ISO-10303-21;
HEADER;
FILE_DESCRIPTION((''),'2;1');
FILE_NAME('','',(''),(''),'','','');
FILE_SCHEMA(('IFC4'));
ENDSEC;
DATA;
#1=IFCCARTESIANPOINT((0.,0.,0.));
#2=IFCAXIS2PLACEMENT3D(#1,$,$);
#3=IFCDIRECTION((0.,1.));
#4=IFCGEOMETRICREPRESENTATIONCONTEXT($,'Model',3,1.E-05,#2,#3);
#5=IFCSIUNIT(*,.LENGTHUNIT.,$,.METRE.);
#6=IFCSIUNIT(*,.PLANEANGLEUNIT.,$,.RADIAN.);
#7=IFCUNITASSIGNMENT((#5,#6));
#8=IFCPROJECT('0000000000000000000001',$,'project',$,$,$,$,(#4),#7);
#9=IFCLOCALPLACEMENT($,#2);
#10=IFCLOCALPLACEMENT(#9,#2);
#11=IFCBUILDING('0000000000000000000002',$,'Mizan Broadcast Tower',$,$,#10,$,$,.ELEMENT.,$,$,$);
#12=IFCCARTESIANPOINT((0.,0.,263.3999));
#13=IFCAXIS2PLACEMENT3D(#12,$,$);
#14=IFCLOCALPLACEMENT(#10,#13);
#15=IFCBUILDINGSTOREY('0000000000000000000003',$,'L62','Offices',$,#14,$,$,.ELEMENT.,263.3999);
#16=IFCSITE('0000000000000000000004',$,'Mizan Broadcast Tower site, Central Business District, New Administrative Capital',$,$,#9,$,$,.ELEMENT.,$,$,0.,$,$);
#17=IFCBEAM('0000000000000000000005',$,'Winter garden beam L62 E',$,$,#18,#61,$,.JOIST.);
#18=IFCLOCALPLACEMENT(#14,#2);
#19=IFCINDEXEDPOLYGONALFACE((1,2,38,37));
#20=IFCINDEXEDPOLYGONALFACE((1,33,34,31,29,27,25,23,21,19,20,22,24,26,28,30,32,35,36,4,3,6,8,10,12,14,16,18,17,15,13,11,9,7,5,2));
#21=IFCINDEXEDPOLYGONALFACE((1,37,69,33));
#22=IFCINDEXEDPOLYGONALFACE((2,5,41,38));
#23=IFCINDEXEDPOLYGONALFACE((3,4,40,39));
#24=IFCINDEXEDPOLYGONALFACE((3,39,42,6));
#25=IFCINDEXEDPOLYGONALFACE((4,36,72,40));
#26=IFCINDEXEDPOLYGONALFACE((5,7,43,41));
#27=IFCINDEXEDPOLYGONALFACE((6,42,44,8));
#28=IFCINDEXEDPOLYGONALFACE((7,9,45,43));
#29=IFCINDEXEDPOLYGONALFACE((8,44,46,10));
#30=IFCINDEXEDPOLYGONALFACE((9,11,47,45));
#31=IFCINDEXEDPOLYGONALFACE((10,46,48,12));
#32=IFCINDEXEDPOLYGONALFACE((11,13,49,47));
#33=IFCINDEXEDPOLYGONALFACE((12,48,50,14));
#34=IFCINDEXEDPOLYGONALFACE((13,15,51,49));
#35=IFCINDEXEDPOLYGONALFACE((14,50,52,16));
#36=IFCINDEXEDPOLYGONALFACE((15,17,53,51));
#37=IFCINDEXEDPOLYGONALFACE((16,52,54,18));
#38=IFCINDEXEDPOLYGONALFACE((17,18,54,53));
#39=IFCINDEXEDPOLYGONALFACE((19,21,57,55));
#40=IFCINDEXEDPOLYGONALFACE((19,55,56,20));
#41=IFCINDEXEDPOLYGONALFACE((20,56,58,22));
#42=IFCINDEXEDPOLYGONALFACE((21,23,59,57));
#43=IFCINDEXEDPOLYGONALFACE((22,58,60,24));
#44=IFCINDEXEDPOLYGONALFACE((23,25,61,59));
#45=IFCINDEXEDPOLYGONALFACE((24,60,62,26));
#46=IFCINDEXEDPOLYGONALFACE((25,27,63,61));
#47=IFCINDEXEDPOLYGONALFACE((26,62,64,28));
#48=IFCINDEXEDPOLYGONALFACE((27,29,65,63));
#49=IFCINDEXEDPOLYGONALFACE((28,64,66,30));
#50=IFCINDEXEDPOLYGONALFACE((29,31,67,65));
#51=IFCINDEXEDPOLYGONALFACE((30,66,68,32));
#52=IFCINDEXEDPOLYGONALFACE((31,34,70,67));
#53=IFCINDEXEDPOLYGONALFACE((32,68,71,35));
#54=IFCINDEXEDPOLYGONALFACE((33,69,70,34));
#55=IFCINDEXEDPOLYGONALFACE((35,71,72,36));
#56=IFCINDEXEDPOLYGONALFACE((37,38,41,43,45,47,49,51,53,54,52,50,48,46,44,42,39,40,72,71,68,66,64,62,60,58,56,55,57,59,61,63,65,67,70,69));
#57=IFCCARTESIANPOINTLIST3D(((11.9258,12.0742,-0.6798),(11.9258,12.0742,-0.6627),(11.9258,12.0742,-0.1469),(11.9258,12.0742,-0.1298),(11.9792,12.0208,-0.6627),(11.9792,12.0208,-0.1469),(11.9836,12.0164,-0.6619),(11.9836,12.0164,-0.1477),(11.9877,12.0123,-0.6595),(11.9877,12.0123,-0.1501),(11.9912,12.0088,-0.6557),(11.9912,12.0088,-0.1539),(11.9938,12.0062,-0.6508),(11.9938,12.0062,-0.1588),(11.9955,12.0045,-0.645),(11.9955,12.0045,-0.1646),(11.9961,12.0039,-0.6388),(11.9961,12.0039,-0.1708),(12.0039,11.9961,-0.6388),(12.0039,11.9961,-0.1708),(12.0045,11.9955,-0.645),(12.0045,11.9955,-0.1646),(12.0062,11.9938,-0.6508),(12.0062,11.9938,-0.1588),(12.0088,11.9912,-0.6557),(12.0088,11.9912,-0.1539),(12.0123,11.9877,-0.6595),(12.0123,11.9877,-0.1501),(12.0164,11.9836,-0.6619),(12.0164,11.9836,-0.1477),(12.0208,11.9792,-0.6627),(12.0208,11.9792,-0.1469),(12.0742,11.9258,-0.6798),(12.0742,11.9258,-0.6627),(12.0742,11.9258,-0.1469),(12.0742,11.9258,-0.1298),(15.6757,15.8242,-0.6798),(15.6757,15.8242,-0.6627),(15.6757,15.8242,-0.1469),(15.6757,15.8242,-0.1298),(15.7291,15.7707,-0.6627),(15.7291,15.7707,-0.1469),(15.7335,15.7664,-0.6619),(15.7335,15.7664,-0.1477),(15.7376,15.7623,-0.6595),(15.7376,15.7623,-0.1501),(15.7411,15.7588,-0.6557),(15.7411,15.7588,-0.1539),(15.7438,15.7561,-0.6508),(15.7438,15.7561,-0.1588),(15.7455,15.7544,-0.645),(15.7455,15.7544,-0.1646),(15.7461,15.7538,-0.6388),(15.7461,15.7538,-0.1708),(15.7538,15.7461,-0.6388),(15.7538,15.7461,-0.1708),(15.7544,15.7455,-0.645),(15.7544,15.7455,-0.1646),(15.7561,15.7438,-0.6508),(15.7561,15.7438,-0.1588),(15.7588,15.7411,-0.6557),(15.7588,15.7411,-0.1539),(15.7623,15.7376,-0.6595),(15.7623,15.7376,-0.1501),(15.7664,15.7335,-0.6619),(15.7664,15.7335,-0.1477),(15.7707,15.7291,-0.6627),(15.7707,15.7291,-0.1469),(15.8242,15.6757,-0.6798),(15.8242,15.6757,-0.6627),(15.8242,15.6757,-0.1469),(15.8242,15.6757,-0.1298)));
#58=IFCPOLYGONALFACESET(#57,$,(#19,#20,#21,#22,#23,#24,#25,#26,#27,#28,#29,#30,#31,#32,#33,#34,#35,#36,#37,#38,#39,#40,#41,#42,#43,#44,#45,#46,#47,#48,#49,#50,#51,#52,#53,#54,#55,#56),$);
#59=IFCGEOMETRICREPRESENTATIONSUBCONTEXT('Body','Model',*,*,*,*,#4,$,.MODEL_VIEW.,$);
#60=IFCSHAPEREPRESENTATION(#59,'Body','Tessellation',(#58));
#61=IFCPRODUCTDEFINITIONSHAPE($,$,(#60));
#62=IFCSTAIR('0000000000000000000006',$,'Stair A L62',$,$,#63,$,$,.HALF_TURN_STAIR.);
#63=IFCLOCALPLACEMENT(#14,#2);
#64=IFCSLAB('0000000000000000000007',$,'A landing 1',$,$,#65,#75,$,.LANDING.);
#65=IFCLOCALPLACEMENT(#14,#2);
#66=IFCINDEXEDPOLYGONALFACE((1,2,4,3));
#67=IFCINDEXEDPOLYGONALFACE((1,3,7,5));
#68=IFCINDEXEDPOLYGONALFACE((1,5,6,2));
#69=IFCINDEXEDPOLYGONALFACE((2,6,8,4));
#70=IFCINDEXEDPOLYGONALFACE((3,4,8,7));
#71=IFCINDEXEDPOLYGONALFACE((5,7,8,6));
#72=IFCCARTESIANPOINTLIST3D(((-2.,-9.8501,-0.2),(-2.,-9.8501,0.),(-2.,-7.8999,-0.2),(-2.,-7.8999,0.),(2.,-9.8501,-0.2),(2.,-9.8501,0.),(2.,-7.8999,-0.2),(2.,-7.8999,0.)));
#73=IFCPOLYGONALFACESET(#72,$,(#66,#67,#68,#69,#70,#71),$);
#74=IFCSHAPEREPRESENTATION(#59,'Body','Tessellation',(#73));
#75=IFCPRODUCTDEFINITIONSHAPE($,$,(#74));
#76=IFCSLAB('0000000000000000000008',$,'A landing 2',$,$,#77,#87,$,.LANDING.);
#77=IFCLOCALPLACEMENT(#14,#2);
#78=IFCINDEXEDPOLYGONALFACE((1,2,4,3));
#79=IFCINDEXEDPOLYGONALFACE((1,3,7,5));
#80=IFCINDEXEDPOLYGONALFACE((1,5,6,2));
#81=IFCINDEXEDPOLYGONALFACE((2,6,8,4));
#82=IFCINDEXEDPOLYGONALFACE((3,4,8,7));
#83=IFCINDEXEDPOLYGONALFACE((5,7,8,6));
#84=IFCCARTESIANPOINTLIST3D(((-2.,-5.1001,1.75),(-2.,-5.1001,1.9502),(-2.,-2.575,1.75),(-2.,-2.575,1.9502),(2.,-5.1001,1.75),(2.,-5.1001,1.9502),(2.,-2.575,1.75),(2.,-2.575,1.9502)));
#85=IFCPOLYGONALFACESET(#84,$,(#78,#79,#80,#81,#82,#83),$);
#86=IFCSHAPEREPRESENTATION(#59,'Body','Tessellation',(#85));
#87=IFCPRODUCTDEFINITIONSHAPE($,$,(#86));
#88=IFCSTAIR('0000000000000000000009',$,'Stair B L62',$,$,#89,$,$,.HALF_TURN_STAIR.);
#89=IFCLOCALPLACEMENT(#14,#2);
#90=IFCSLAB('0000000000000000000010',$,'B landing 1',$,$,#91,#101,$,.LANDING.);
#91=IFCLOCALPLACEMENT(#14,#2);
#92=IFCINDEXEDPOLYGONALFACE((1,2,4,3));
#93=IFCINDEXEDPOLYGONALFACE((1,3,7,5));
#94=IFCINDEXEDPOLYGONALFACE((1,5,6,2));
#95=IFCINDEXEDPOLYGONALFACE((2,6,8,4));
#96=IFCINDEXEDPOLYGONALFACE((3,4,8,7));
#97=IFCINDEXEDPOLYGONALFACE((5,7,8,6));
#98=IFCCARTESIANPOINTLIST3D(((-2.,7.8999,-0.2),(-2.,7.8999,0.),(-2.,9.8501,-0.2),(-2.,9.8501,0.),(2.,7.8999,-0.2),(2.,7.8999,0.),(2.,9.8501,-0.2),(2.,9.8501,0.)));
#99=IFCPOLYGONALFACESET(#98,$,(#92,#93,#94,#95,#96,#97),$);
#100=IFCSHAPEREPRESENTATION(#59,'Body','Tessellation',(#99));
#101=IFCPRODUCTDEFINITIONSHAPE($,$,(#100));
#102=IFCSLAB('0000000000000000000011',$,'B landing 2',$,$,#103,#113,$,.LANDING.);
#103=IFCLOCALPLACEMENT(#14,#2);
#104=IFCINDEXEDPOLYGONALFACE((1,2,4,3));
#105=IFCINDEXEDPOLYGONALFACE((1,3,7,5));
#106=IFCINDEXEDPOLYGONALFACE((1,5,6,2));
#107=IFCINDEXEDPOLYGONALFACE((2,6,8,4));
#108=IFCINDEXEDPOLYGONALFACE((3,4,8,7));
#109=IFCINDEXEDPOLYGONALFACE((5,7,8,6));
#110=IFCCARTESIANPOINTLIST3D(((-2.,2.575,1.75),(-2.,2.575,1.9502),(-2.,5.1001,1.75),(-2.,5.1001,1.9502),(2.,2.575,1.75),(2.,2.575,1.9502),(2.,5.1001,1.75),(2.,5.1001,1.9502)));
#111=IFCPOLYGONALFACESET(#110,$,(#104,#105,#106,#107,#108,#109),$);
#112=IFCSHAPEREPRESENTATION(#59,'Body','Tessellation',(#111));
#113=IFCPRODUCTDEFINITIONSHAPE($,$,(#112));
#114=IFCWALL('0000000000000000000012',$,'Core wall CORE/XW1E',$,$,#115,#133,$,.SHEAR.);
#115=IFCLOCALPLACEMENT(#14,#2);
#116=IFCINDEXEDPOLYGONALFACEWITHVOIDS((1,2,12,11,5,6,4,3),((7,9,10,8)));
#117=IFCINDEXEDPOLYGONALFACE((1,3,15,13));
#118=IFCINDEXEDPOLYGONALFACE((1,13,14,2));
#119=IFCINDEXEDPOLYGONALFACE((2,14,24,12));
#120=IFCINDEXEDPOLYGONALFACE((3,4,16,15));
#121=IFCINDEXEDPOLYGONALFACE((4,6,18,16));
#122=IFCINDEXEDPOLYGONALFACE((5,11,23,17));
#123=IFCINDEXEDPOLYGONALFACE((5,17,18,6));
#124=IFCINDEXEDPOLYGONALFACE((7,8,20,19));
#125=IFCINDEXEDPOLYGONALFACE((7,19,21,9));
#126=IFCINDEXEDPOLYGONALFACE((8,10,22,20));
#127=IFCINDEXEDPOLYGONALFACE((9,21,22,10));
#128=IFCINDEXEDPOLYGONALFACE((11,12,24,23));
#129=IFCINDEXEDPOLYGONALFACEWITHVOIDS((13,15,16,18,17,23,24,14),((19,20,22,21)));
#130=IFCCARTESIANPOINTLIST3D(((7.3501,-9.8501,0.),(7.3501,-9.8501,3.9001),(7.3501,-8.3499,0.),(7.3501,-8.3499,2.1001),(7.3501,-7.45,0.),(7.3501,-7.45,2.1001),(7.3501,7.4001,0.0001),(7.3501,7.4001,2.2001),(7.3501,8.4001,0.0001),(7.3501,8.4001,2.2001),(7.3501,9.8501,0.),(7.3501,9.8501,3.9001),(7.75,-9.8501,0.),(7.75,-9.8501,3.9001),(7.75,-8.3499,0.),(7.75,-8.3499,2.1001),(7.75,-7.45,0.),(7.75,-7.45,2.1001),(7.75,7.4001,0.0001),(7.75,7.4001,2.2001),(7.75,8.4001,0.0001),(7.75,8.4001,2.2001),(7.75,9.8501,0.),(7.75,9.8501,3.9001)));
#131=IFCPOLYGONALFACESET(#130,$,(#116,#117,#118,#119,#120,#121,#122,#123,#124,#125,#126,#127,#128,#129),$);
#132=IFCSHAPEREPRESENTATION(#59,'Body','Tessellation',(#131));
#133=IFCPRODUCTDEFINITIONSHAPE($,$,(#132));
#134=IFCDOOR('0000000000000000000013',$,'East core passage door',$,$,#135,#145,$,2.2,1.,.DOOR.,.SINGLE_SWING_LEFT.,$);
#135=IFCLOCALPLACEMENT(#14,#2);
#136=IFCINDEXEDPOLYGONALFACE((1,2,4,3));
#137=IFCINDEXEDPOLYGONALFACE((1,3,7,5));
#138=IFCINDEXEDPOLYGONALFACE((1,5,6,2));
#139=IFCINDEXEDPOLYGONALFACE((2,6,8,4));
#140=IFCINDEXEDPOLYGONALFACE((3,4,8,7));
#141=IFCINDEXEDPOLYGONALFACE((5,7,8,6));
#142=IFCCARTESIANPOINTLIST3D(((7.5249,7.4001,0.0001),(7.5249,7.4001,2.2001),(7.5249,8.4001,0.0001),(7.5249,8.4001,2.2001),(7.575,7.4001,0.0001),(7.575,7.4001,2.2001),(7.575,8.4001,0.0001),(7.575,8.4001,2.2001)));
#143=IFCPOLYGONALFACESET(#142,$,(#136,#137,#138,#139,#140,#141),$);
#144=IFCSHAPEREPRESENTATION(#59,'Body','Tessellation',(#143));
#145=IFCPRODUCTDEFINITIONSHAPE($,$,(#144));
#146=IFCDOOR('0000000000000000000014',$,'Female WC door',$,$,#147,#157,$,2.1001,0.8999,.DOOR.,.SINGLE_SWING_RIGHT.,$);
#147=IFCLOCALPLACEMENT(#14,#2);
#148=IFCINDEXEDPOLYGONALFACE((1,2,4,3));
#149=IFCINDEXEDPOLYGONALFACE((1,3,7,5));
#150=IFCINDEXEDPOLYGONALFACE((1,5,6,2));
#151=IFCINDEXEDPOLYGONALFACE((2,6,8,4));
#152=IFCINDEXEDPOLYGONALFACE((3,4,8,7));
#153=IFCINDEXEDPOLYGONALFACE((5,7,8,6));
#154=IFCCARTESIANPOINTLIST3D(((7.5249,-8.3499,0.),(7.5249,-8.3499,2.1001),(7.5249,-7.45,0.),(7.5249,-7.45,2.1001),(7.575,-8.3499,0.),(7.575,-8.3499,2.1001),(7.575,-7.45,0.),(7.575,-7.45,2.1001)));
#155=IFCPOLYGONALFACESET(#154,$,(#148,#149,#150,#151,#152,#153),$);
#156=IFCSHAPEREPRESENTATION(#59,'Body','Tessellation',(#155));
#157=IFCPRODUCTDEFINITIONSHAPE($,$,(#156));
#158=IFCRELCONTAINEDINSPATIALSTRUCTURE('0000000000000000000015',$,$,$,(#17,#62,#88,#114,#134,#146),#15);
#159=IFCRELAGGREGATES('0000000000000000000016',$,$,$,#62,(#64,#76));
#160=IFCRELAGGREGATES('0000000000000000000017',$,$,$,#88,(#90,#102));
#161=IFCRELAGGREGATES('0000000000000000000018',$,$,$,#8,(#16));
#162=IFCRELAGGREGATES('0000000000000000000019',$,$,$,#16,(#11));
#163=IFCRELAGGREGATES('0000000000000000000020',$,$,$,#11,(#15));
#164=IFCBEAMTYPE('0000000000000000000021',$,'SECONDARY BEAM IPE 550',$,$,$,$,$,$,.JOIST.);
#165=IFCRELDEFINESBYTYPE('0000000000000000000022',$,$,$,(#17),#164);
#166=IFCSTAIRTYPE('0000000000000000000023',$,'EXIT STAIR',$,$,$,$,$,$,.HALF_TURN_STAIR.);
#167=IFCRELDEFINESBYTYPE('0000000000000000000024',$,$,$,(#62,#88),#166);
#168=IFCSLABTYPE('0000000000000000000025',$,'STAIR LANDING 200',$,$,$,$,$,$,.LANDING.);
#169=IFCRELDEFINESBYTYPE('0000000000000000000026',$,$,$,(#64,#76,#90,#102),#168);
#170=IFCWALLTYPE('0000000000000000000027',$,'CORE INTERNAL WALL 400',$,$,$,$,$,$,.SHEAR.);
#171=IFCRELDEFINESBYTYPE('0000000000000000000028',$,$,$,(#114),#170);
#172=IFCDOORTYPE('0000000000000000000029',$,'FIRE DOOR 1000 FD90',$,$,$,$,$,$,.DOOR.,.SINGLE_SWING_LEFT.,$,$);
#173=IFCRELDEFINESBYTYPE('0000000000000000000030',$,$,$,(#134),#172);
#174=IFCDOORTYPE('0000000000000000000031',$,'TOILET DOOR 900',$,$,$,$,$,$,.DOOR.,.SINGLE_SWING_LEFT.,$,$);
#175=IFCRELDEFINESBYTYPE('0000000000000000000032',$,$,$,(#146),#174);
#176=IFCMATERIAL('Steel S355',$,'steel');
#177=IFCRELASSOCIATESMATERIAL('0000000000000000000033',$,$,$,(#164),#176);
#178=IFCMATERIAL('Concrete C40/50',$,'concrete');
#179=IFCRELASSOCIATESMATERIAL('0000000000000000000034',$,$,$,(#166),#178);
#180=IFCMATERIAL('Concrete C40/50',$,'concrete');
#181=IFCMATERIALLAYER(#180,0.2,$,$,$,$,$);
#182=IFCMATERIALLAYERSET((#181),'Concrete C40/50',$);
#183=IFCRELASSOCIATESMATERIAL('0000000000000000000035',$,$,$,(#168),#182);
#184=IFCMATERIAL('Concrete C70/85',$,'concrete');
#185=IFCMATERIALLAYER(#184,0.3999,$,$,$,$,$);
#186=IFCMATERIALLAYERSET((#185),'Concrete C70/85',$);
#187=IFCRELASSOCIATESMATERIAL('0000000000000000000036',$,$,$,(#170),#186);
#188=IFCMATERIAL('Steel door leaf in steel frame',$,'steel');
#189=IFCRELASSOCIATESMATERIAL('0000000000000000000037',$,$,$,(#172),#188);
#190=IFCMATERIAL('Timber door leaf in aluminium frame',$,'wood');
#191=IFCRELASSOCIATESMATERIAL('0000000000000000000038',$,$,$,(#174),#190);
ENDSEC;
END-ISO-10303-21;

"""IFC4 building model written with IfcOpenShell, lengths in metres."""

from ifc_helpers import new_model, si_unit, direction, frame, frame_2d, origin, origin_2d, place, context, subcontext, project, spatial, polyline, rectangle, i_section, outline, extrude, material, layer, layer_set, material_profile, profile_set, type_object, element, fill, aggregate, save


model = new_model("IFC4")

# Units and contexts
model_context = context("Model", 3, precision=1e-05, world=origin(), true_north=direction((0.0, 1.0)))
body_context = subcontext(model_context, "Body", "Model", "MODEL_VIEW")
ifc_project = project(units=[si_unit("LENGTHUNIT", "METRE"), si_unit("PLANEANGLEUNIT", "RADIAN")], contexts=[model_context])

# Site, building, storey
site_placement = place(None, origin())
site = spatial("IfcSite", under=ifc_project, at=site_placement, Name="Mizan Broadcast Tower site, Central Business District, New Administrative Capital", CompositionType="ELEMENT", RefElevation=0.0)
building_placement = place(site_placement, origin())
building = spatial("IfcBuilding", under=site, at=building_placement, Name="Mizan Broadcast Tower", CompositionType="ELEMENT")
storey_placement = place(building_placement, frame((0.0, 0.0, 263.3999)))
storey = spatial("IfcBuildingStorey", under=building, at=storey_placement, Name="L62", Description="Offices", CompositionType="ELEMENT", Elevation=263.3999)

# Beam
ifc_material_1 = material(Name="Steel S355", Category="steel")
ifc_material_profile_1 = material_profile(ifc_material_1, i_section(OverallWidth=0.21, OverallDepth=0.55, WebThickness=0.011, FlangeThickness=0.0171, FilletRadius=0.0239, at=origin_2d()), Name="IPE 550")
ifc_profile_set_1 = profile_set([ifc_material_profile_1], Name="Steel S355")
beam_type_1 = type_object("IfcBeamType", Name="SECONDARY BEAM IPE 550", PredefinedType="JOIST", material=ifc_profile_set_1)
beam_1_placement = place(storey_placement, frame((12.0, 12.0, -0.4048), z_axis=(0.707107, 0.707107, 0.0), x_axis=(-0.707107, 0.707107, 0.0)))
element("IfcBeam", 1, at=beam_1_placement, inside=storey, type_object=beam_type_1, Name="Winter garden beam L62 E", PredefinedType="JOIST", context=body_context, shape_type="SweptSolid", body=[
    extrude(i_section(OverallWidth=0.21, OverallDepth=0.55, WebThickness=0.011, FlangeThickness=0.0171, FilletRadius=0.0239, at=origin_2d()), origin(), (0.0, 0.0, 1.0), 5.3032),
])

# Stairs, slabs
ifc_material_2 = material(Name="Concrete C40/50", Category="concrete")
stair_type = type_object("IfcStairType", Name="EXIT STAIR", PredefinedType="HALF_TURN_STAIR", material=ifc_material_2)
stair_1_placement = place(storey_placement, origin())
stair_1 = element("IfcStair", 2, at=stair_1_placement, inside=storey, type_object=stair_type, Name="Stair A L62", PredefinedType="HALF_TURN_STAIR")
ifc_material_3 = material(Name="Concrete C40/50", Category="concrete")
ifc_layer_1 = layer(ifc_material_3, 0.2)
ifc_layer_set_1 = layer_set([ifc_layer_1], Name="Concrete C40/50")
slab_type = type_object("IfcSlabType", Name="STAIR LANDING 200", PredefinedType="LANDING", material=ifc_layer_set_1)
slab_1_placement = place(storey_placement, frame((0.0, 0.0, -0.2)))
slab_1 = element("IfcSlab", 3, at=slab_1_placement, type_object=slab_type, Name="A landing 1", PredefinedType="LANDING", context=body_context, shape_type="SweptSolid", body=[
    extrude(outline(polyline([(-2.0, -9.8501), (-2.0, -7.8999), (2.0, -7.8999), (2.0, -9.8501), (-2.0, -9.8501)])), origin(), (0.0, 0.0, 1.0), 0.2),
])
slab_2_placement = place(storey_placement, frame((0.0, 0.0, 1.75)))
slab_2 = element("IfcSlab", 4, at=slab_2_placement, type_object=slab_type, Name="A landing 2", PredefinedType="LANDING", context=body_context, shape_type="SweptSolid", body=[
    extrude(outline(polyline([(-2.0, -5.1001), (-2.0, -2.575), (2.0, -2.575), (2.0, -5.1001), (-2.0, -5.1001)])), origin(), (0.0, 0.0, 1.0), 0.2002),
])
aggregate(stair_1, [slab_1, slab_2])
stair_2_placement = place(storey_placement, origin())
stair_2 = element("IfcStair", 5, at=stair_2_placement, inside=storey, type_object=stair_type, Name="Stair B L62", PredefinedType="HALF_TURN_STAIR")
slab_3_placement = place(storey_placement, frame((0.0, 0.0, -0.2)))
slab_3 = element("IfcSlab", 6, at=slab_3_placement, type_object=slab_type, Name="B landing 1", PredefinedType="LANDING", context=body_context, shape_type="SweptSolid", body=[
    extrude(outline(polyline([(2.0, 9.8501), (2.0, 7.8999), (-2.0, 7.8999), (-2.0, 9.8501), (2.0, 9.8501)])), origin(), (0.0, 0.0, 1.0), 0.2),
])
slab_4_placement = place(storey_placement, frame((0.0, 0.0, 1.75)))
slab_4 = element("IfcSlab", 7, at=slab_4_placement, type_object=slab_type, Name="B landing 2", PredefinedType="LANDING", context=body_context, shape_type="SweptSolid", body=[
    extrude(outline(polyline([(2.0, 5.1001), (2.0, 2.575), (-2.0, 2.575), (-2.0, 5.1001), (2.0, 5.1001)])), origin(), (0.0, 0.0, 1.0), 0.2002),
])

# Wall, openings, doors
ifc_material_4 = material(Name="Concrete C70/85", Category="concrete")
ifc_layer_2 = layer(ifc_material_4, 0.3999)
ifc_layer_set_2 = layer_set([ifc_layer_2], Name="Concrete C70/85")
wall_type_1 = type_object("IfcWallType", Name="CORE INTERNAL WALL 400", PredefinedType="SHEAR", material=ifc_layer_set_2)
wall_1_placement = place(storey_placement, frame((7.55, 9.8501, 0.0), z_axis=(0.0, 0.0, 1.0), x_axis=(0.0, -1.0, 0.0)))
wall_1 = element("IfcWall", 8, at=wall_1_placement, inside=storey, type_object=wall_type_1, Name="Core wall CORE/XW1E", PredefinedType="SHEAR", context=body_context, shape_type="SweptSolid", body=[
    extrude(rectangle(XDim=19.7002, YDim=0.3999, at=frame_2d((9.8501, 0.0))), origin(), (0.0, 0.0, 1.0), 3.9001),
])
opening_1_placement = place(wall_1_placement, frame((1.45, 0.0, 0.0)))
opening_1 = element("IfcOpeningElement", 9, at=opening_1_placement, cuts=wall_1, PredefinedType="OPENING", context=body_context, shape_type="SweptSolid", body=[
    extrude(rectangle(XDim=1.0, YDim=2.2, at=frame_2d((0.5, 1.1001))), frame((0.0, 0.21, 0.0), z_axis=(0.0, -1.0, 0.0), x_axis=(1.0, 0.0, 0.0)), (0.0, 0.0, 1.0), 0.4199),
])
opening_2_placement = place(wall_1_placement, frame((17.3, 0.0, 0.0)))
opening_2 = element("IfcOpeningElement", 10, at=opening_2_placement, cuts=wall_1, PredefinedType="OPENING", context=body_context, shape_type="SweptSolid", body=[
    extrude(rectangle(XDim=0.8999, YDim=2.1001, at=frame_2d((0.45, 1.05))), frame((0.0, 0.21, 0.0), z_axis=(0.0, -1.0, 0.0), x_axis=(1.0, 0.0, 0.0)), (0.0, 0.0, 1.0), 0.4199),
])
ifc_material_5 = material(Name="Steel door leaf in steel frame", Category="steel")
door_type_1 = type_object("IfcDoorType", Name="FIRE DOOR 1000 FD90", OperationType="SINGLE_SWING_LEFT", PredefinedType="DOOR", material=ifc_material_5)
door_1_placement = place(opening_1_placement, origin())
door_1 = element("IfcDoor", 11, at=door_1_placement, inside=storey, type_object=door_type_1, Name="East core passage door", OperationType="SINGLE_SWING_LEFT", OverallHeight=2.2, OverallWidth=1.0, PredefinedType="DOOR", context=body_context, shape_type="SweptSolid", body=[
    extrude(rectangle(XDim=1.0, YDim=2.2, at=frame_2d((0.5, 1.1001))), frame((0.0, 0.0249, 0.0), z_axis=(0.0, -1.0, 0.0), x_axis=(1.0, 0.0, 0.0)), (0.0, 0.0, 1.0), 0.05),
])
fill(opening_1, door_1)
ifc_material_6 = material(Name="Timber door leaf in aluminium frame", Category="wood")
door_type_2 = type_object("IfcDoorType", Name="TOILET DOOR 900", OperationType="SINGLE_SWING_LEFT", PredefinedType="DOOR", material=ifc_material_6)
door_2_placement = place(opening_2_placement, origin())
door_2 = element("IfcDoor", 12, at=door_2_placement, inside=storey, type_object=door_type_2, Name="Female WC door", OperationType="SINGLE_SWING_RIGHT", OverallHeight=2.1001, OverallWidth=0.8999, PredefinedType="DOOR", context=body_context, shape_type="SweptSolid", body=[
    extrude(rectangle(XDim=0.8999, YDim=2.1001, at=frame_2d((0.45, 1.05))), frame((0.0, 0.0249, 0.0), z_axis=(0.0, -1.0, 0.0), x_axis=(1.0, 0.0, 0.0)), (0.0, 0.0, 1.0), 0.05),
])
fill(opening_2, door_2)

aggregate(stair_2, [slab_3, slab_4])

save(model, "model.ifc")
